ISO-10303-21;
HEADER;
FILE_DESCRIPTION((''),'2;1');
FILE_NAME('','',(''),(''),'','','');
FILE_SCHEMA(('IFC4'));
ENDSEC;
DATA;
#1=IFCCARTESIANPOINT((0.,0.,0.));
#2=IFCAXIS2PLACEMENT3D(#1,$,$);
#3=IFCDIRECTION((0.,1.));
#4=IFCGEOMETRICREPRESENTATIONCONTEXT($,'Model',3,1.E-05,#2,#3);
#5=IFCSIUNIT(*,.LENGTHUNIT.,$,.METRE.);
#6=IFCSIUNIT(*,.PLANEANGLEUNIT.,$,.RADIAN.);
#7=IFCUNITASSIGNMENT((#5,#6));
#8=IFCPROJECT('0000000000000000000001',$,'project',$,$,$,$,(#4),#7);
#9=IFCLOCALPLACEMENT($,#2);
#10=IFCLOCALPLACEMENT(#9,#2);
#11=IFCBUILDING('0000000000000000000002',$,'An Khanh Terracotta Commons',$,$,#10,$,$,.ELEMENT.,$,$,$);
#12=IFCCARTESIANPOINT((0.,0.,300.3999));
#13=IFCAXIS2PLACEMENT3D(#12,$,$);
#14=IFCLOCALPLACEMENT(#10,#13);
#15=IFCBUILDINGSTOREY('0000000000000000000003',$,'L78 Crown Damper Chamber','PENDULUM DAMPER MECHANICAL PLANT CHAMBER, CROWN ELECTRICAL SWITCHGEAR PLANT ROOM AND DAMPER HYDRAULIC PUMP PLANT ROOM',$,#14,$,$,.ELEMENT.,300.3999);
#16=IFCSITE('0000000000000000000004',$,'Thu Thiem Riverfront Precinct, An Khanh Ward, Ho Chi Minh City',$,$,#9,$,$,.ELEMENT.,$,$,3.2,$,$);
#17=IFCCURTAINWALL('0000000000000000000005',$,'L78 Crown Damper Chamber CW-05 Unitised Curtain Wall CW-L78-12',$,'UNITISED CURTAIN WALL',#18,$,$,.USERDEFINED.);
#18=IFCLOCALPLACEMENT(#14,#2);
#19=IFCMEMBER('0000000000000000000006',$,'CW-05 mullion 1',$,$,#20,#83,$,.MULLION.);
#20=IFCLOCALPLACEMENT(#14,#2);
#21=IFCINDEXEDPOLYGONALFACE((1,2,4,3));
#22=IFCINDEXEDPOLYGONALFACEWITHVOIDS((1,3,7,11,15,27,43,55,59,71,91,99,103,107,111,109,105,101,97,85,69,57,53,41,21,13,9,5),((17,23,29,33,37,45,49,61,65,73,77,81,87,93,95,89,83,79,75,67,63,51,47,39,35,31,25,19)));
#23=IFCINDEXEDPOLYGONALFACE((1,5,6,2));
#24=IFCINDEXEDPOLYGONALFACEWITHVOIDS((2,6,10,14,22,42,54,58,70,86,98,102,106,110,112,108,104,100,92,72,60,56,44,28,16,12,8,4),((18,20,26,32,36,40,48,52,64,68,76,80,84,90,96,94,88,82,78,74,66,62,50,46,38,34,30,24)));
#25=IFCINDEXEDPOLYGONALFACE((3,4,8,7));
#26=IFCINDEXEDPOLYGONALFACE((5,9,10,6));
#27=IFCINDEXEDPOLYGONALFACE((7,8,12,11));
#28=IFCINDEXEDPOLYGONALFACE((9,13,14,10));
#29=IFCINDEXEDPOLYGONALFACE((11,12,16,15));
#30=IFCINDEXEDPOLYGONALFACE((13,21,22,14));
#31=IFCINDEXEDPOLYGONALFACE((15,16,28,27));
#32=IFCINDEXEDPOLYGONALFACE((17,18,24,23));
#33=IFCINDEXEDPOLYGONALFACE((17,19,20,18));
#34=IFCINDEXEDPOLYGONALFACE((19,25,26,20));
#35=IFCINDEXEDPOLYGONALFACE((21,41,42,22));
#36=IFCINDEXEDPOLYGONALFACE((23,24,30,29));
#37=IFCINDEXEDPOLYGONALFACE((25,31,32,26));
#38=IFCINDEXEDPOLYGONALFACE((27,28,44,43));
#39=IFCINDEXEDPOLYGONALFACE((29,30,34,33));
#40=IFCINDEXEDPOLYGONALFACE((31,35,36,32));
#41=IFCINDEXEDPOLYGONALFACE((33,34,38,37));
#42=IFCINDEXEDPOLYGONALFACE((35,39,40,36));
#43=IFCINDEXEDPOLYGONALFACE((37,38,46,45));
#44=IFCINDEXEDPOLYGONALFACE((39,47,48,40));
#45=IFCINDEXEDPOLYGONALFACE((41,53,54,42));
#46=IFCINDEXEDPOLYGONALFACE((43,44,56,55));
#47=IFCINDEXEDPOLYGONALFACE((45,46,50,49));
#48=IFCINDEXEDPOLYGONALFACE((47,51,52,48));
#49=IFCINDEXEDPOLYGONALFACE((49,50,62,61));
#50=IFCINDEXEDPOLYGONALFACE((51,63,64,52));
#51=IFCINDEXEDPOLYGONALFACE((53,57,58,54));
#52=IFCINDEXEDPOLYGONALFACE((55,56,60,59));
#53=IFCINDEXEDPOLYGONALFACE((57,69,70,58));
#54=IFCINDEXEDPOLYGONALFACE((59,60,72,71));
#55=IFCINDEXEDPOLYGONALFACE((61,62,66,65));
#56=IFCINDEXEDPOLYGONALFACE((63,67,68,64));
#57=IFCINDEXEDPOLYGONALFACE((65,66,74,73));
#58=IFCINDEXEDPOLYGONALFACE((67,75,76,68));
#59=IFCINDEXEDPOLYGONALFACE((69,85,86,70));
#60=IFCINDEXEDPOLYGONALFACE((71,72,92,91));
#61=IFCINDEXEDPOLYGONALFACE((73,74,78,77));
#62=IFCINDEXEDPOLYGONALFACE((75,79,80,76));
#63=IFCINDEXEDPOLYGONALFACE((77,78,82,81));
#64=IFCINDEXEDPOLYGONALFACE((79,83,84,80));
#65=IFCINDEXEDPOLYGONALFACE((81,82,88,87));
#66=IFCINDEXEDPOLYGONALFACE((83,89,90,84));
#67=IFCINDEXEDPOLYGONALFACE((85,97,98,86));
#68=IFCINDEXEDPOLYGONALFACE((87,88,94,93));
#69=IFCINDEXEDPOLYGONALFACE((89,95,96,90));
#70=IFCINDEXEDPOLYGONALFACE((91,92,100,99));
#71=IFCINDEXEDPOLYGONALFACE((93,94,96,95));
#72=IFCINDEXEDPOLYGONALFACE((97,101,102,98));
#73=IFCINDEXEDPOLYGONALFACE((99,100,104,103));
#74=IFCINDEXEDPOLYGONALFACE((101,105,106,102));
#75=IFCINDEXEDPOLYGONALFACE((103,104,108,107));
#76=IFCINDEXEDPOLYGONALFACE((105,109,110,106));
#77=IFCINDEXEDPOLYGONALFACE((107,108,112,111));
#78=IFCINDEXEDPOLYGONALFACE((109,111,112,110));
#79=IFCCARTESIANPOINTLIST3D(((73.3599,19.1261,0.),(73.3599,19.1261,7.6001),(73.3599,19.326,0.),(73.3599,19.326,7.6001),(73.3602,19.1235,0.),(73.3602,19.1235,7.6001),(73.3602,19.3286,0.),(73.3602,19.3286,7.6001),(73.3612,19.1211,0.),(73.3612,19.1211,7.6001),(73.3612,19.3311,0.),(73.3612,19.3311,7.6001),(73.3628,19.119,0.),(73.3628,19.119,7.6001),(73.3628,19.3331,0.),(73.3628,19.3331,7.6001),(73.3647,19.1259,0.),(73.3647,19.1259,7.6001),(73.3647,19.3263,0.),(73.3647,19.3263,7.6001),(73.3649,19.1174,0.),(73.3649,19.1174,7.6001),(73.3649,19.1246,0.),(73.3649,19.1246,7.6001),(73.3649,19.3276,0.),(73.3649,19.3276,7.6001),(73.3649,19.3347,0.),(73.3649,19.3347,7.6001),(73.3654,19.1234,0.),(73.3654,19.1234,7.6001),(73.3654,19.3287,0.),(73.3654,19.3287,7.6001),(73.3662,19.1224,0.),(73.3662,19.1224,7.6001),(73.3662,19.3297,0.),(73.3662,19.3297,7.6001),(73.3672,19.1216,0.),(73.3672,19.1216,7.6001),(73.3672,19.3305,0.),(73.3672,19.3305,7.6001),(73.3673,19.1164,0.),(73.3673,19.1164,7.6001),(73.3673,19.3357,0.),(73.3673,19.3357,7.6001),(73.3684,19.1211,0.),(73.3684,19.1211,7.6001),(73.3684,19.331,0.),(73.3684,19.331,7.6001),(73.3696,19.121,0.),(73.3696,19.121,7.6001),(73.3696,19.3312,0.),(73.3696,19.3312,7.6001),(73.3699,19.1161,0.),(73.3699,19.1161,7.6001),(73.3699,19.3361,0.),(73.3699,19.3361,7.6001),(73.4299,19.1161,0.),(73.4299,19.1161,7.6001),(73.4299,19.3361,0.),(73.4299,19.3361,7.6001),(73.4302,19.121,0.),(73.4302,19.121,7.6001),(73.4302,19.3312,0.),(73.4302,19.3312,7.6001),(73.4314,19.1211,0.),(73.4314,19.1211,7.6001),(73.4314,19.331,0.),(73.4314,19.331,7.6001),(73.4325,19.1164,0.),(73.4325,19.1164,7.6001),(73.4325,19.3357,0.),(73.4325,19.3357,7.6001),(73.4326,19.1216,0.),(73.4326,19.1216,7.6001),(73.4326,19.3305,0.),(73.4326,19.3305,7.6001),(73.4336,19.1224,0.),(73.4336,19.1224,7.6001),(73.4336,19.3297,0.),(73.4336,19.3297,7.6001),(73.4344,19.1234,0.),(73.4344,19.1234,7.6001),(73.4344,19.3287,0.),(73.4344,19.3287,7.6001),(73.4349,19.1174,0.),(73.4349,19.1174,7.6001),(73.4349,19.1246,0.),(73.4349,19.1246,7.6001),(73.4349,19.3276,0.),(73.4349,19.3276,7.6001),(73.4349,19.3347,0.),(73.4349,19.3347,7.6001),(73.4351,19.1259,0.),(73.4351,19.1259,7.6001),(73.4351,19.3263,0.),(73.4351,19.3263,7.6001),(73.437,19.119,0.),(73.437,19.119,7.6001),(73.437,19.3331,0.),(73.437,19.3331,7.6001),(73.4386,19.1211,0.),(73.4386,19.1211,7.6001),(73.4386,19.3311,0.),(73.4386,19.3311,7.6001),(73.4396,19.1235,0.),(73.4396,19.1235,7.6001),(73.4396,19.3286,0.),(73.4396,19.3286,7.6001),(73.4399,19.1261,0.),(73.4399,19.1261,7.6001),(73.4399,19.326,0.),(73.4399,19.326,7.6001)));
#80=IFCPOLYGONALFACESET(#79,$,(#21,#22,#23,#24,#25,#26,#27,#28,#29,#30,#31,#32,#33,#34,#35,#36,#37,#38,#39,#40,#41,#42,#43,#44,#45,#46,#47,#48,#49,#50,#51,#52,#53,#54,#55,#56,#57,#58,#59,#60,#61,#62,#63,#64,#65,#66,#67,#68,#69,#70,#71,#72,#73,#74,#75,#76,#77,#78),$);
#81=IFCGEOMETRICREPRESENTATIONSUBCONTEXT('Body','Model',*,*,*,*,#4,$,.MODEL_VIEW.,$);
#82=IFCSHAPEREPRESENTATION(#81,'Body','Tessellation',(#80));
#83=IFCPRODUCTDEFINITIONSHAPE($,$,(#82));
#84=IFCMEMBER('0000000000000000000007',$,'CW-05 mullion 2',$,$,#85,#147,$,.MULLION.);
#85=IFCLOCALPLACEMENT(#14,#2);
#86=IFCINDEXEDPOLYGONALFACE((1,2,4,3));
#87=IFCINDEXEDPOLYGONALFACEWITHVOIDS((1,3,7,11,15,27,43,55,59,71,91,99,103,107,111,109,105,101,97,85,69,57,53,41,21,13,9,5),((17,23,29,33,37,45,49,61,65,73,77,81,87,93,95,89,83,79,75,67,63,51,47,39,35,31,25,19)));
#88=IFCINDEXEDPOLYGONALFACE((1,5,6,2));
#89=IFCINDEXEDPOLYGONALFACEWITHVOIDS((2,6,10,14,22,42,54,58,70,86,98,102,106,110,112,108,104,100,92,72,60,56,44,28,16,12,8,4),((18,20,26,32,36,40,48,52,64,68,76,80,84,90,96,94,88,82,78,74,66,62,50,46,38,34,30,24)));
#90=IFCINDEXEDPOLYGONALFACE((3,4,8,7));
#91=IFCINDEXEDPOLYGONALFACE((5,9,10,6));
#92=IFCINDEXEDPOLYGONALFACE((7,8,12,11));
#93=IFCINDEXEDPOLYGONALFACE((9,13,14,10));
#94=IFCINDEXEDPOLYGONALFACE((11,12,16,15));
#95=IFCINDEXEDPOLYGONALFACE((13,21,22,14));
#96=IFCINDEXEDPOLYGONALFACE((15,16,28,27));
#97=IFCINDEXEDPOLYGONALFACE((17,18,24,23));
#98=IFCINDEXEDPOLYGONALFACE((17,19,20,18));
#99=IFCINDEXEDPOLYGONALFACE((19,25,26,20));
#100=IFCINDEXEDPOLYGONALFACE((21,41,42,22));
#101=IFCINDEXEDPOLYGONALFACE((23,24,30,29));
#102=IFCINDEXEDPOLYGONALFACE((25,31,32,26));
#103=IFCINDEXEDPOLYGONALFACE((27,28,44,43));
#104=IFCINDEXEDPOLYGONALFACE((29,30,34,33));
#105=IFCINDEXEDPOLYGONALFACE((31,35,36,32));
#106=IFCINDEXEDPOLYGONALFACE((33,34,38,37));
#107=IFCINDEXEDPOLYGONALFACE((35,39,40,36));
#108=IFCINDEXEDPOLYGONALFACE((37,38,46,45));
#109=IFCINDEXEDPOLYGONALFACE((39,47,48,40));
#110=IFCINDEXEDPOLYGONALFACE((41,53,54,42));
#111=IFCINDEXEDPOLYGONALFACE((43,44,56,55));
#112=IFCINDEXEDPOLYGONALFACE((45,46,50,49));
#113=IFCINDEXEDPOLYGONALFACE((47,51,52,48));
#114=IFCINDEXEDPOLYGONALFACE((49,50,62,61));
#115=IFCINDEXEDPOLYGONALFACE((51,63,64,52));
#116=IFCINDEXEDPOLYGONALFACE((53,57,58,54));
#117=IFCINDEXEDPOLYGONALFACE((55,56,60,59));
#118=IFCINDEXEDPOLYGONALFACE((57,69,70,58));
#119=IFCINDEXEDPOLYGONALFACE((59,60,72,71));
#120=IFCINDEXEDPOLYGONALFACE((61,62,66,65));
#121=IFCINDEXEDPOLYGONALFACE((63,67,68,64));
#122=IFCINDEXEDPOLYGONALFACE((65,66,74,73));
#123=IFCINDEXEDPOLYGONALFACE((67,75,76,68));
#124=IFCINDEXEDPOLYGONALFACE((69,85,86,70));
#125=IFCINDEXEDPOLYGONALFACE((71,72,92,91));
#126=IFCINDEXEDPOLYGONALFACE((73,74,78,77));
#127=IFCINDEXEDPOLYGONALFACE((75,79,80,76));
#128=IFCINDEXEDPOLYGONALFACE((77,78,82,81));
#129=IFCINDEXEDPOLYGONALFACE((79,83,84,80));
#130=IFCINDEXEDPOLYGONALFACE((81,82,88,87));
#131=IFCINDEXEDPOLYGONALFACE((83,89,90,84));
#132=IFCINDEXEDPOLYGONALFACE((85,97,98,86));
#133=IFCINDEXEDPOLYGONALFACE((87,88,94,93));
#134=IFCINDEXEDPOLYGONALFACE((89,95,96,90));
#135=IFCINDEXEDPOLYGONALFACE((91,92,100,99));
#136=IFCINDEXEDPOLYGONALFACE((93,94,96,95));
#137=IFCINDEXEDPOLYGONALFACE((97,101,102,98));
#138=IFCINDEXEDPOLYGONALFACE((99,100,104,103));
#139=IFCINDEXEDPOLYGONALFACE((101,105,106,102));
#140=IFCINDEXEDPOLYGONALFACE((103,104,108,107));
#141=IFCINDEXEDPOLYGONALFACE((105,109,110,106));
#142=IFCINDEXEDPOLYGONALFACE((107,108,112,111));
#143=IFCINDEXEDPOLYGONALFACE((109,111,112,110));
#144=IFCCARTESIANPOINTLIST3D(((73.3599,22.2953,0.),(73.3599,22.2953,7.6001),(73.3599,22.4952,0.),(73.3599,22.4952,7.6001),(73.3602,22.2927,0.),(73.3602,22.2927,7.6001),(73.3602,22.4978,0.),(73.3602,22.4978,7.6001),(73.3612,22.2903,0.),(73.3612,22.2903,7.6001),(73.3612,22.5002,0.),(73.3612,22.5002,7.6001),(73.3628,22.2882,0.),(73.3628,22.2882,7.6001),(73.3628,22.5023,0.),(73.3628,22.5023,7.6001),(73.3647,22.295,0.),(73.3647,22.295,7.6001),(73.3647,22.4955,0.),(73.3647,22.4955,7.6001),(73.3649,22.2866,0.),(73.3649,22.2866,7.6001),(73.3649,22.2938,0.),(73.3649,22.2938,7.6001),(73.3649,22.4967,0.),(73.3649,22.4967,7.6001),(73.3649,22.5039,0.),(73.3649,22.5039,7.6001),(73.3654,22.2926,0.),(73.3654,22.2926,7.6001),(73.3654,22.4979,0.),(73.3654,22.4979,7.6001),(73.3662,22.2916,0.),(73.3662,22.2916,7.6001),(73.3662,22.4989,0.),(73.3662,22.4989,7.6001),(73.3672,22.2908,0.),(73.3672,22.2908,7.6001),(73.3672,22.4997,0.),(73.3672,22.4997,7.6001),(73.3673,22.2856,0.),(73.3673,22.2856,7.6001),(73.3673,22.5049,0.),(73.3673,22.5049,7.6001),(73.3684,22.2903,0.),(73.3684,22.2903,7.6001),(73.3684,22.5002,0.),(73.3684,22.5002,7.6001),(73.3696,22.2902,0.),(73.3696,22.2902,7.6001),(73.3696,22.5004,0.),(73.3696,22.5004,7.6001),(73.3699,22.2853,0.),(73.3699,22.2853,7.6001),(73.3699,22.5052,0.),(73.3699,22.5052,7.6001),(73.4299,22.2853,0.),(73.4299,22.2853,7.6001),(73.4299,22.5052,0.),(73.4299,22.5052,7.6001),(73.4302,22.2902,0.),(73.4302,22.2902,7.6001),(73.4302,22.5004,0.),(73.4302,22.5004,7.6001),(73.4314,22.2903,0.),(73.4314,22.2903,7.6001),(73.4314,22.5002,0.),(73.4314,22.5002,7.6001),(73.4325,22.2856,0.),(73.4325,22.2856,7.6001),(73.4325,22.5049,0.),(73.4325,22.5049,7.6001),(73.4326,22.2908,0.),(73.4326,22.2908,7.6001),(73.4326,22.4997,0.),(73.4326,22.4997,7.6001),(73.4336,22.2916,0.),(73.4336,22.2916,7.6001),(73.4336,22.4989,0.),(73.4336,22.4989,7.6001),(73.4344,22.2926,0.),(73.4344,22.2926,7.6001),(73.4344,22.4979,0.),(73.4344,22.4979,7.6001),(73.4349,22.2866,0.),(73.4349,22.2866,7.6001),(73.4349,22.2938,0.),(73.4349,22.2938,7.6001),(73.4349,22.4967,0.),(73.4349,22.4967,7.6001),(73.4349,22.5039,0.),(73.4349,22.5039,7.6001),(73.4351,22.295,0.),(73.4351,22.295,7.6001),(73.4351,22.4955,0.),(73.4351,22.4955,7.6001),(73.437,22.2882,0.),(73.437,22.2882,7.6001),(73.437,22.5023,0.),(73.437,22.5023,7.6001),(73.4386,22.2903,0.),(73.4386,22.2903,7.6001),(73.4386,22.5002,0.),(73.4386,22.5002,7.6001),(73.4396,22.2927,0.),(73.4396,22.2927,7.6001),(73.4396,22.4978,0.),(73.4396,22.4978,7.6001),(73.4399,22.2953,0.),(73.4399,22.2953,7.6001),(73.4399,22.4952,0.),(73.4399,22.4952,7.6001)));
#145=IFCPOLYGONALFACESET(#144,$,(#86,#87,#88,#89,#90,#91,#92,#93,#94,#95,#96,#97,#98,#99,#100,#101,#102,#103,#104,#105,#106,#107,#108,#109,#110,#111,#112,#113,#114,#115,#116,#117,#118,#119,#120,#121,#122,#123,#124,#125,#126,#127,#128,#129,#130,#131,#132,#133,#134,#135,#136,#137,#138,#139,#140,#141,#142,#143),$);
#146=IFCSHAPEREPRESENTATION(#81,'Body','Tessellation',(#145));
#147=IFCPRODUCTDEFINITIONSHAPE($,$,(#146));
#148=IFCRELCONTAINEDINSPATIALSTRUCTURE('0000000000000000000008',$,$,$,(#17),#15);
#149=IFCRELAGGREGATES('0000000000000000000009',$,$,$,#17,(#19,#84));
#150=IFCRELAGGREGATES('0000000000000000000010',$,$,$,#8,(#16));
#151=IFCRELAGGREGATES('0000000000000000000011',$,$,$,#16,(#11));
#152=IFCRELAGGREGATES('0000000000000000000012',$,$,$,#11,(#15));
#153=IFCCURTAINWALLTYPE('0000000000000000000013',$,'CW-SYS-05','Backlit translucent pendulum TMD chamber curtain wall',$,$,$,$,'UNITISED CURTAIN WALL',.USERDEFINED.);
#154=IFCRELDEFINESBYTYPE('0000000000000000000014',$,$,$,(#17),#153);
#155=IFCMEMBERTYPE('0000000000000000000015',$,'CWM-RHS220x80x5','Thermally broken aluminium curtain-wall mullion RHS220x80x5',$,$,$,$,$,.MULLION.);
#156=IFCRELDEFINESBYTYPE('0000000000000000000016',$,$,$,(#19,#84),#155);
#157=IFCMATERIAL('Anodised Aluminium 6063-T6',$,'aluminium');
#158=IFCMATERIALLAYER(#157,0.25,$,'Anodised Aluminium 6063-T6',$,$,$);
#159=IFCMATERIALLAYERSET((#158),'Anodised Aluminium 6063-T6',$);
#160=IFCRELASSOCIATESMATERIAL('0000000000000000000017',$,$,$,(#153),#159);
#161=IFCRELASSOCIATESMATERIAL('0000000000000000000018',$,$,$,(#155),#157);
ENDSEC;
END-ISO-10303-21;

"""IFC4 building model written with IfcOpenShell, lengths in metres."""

from ifc_helpers import new_model, si_unit, direction, frame, origin, origin_2d, place, context, subcontext, project, spatial, hollow_rectangle, extrude, material, layer, layer_set, material_profile, profile_set, type_object, element, aggregate, save


model = new_model("IFC4")

# Units and contexts
model_context = context("Model", 3, precision=1e-05, world=origin(), true_north=direction((0.0, 1.0)))
body_context = subcontext(model_context, "Body", "Model", "MODEL_VIEW")
ifc_project = project(units=[si_unit("LENGTHUNIT", "METRE"), si_unit("PLANEANGLEUNIT", "RADIAN")], contexts=[model_context])

# Site, building, storey
site_placement = place(None, origin())
site = spatial("IfcSite", under=ifc_project, at=site_placement, Name="Thu Thiem Riverfront Precinct, An Khanh Ward, Ho Chi Minh City", CompositionType="ELEMENT", RefElevation=3.2)
building_placement = place(site_placement, origin())
building = spatial("IfcBuilding", under=site, at=building_placement, Name="An Khanh Terracotta Commons", CompositionType="ELEMENT")
storey_placement = place(building_placement, frame((0.0, 0.0, 300.3999)))
storey = spatial("IfcBuildingStorey", under=building, at=storey_placement, Name="L78 Crown Damper Chamber", Description="PENDULUM DAMPER MECHANICAL PLANT CHAMBER, CROWN ELECTRICAL SWITCHGEAR PLANT ROOM AND DAMPER HYDRAULIC PUMP PLANT ROOM", CompositionType="ELEMENT", Elevation=300.3999)

# Curtain wall, members
ifc_material_1 = material(Name="Anodised Aluminium 6063-T6", Category="aluminium")
ifc_layer_1 = layer(ifc_material_1, 0.25, Name="Anodised Aluminium 6063-T6")
ifc_layer_set_1 = layer_set([ifc_layer_1], Name="Anodised Aluminium 6063-T6")
curtain_wall_type = type_object("IfcCurtainWallType", Name="CW-SYS-05", Description="Backlit translucent pendulum TMD chamber curtain wall", ElementType="UNITISED CURTAIN WALL", PredefinedType="USERDEFINED", material=ifc_layer_set_1)
ifc_material_profile_1 = material_profile(ifc_material_1, hollow_rectangle(XDim=0.0801, YDim=0.22, WallThickness=0.0049, InnerFilletRadius=0.0049, OuterFilletRadius=0.01, at=origin_2d()), Name="RHS220x80x5")
ifc_profile_set_1 = profile_set([ifc_material_profile_1], Name="Anodised Aluminium 6063-T6")
member_type_1 = type_object("IfcMemberType", Name="CWM-RHS220x80x5", Description="Thermally broken aluminium curtain-wall mullion RHS220x80x5", PredefinedType="MULLION", material=ifc_profile_set_1)
curtain_wall_1_placement = place(storey_placement, origin())
curtain_wall_1 = element("IfcCurtainWall", 1, at=curtain_wall_1_placement, inside=storey, type_object=curtain_wall_type, Name="L78 Crown Damper Chamber CW-05 Unitised Curtain Wall CW-L78-12", ObjectType="UNITISED CURTAIN WALL", PredefinedType="USERDEFINED")
member_1_placement = place(storey_placement, frame((73.3999, 19.2261, 0.0), z_axis=(0.0, 0.0, 1.0), x_axis=(-1.0, 0.0, 0.0)))
member_1 = element("IfcMember", 2, at=member_1_placement, type_object=member_type_1, Name="CW-05 mullion 1", PredefinedType="MULLION", context=body_context, shape_type="SweptSolid", body=[
    extrude(hollow_rectangle(XDim=0.0801, YDim=0.22, WallThickness=0.0049, InnerFilletRadius=0.0049, OuterFilletRadius=0.01, at=origin_2d()), origin(), (0.0, 0.0, 1.0), 7.6001),
])
member_2_placement = place(storey_placement, frame((73.3999, 22.3953, 0.0), z_axis=(0.0, 0.0, 1.0), x_axis=(-1.0, 0.0, 0.0)))
member_2 = element("IfcMember", 3, at=member_2_placement, type_object=member_type_1, Name="CW-05 mullion 2", PredefinedType="MULLION", context=body_context, shape_type="SweptSolid", body=[
    extrude(hollow_rectangle(XDim=0.0801, YDim=0.22, WallThickness=0.0049, InnerFilletRadius=0.0049, OuterFilletRadius=0.01, at=origin_2d()), origin(), (0.0, 0.0, 1.0), 7.6001),
])

aggregate(curtain_wall_1, [member_1, member_2])

save(model, "model.ifc")
